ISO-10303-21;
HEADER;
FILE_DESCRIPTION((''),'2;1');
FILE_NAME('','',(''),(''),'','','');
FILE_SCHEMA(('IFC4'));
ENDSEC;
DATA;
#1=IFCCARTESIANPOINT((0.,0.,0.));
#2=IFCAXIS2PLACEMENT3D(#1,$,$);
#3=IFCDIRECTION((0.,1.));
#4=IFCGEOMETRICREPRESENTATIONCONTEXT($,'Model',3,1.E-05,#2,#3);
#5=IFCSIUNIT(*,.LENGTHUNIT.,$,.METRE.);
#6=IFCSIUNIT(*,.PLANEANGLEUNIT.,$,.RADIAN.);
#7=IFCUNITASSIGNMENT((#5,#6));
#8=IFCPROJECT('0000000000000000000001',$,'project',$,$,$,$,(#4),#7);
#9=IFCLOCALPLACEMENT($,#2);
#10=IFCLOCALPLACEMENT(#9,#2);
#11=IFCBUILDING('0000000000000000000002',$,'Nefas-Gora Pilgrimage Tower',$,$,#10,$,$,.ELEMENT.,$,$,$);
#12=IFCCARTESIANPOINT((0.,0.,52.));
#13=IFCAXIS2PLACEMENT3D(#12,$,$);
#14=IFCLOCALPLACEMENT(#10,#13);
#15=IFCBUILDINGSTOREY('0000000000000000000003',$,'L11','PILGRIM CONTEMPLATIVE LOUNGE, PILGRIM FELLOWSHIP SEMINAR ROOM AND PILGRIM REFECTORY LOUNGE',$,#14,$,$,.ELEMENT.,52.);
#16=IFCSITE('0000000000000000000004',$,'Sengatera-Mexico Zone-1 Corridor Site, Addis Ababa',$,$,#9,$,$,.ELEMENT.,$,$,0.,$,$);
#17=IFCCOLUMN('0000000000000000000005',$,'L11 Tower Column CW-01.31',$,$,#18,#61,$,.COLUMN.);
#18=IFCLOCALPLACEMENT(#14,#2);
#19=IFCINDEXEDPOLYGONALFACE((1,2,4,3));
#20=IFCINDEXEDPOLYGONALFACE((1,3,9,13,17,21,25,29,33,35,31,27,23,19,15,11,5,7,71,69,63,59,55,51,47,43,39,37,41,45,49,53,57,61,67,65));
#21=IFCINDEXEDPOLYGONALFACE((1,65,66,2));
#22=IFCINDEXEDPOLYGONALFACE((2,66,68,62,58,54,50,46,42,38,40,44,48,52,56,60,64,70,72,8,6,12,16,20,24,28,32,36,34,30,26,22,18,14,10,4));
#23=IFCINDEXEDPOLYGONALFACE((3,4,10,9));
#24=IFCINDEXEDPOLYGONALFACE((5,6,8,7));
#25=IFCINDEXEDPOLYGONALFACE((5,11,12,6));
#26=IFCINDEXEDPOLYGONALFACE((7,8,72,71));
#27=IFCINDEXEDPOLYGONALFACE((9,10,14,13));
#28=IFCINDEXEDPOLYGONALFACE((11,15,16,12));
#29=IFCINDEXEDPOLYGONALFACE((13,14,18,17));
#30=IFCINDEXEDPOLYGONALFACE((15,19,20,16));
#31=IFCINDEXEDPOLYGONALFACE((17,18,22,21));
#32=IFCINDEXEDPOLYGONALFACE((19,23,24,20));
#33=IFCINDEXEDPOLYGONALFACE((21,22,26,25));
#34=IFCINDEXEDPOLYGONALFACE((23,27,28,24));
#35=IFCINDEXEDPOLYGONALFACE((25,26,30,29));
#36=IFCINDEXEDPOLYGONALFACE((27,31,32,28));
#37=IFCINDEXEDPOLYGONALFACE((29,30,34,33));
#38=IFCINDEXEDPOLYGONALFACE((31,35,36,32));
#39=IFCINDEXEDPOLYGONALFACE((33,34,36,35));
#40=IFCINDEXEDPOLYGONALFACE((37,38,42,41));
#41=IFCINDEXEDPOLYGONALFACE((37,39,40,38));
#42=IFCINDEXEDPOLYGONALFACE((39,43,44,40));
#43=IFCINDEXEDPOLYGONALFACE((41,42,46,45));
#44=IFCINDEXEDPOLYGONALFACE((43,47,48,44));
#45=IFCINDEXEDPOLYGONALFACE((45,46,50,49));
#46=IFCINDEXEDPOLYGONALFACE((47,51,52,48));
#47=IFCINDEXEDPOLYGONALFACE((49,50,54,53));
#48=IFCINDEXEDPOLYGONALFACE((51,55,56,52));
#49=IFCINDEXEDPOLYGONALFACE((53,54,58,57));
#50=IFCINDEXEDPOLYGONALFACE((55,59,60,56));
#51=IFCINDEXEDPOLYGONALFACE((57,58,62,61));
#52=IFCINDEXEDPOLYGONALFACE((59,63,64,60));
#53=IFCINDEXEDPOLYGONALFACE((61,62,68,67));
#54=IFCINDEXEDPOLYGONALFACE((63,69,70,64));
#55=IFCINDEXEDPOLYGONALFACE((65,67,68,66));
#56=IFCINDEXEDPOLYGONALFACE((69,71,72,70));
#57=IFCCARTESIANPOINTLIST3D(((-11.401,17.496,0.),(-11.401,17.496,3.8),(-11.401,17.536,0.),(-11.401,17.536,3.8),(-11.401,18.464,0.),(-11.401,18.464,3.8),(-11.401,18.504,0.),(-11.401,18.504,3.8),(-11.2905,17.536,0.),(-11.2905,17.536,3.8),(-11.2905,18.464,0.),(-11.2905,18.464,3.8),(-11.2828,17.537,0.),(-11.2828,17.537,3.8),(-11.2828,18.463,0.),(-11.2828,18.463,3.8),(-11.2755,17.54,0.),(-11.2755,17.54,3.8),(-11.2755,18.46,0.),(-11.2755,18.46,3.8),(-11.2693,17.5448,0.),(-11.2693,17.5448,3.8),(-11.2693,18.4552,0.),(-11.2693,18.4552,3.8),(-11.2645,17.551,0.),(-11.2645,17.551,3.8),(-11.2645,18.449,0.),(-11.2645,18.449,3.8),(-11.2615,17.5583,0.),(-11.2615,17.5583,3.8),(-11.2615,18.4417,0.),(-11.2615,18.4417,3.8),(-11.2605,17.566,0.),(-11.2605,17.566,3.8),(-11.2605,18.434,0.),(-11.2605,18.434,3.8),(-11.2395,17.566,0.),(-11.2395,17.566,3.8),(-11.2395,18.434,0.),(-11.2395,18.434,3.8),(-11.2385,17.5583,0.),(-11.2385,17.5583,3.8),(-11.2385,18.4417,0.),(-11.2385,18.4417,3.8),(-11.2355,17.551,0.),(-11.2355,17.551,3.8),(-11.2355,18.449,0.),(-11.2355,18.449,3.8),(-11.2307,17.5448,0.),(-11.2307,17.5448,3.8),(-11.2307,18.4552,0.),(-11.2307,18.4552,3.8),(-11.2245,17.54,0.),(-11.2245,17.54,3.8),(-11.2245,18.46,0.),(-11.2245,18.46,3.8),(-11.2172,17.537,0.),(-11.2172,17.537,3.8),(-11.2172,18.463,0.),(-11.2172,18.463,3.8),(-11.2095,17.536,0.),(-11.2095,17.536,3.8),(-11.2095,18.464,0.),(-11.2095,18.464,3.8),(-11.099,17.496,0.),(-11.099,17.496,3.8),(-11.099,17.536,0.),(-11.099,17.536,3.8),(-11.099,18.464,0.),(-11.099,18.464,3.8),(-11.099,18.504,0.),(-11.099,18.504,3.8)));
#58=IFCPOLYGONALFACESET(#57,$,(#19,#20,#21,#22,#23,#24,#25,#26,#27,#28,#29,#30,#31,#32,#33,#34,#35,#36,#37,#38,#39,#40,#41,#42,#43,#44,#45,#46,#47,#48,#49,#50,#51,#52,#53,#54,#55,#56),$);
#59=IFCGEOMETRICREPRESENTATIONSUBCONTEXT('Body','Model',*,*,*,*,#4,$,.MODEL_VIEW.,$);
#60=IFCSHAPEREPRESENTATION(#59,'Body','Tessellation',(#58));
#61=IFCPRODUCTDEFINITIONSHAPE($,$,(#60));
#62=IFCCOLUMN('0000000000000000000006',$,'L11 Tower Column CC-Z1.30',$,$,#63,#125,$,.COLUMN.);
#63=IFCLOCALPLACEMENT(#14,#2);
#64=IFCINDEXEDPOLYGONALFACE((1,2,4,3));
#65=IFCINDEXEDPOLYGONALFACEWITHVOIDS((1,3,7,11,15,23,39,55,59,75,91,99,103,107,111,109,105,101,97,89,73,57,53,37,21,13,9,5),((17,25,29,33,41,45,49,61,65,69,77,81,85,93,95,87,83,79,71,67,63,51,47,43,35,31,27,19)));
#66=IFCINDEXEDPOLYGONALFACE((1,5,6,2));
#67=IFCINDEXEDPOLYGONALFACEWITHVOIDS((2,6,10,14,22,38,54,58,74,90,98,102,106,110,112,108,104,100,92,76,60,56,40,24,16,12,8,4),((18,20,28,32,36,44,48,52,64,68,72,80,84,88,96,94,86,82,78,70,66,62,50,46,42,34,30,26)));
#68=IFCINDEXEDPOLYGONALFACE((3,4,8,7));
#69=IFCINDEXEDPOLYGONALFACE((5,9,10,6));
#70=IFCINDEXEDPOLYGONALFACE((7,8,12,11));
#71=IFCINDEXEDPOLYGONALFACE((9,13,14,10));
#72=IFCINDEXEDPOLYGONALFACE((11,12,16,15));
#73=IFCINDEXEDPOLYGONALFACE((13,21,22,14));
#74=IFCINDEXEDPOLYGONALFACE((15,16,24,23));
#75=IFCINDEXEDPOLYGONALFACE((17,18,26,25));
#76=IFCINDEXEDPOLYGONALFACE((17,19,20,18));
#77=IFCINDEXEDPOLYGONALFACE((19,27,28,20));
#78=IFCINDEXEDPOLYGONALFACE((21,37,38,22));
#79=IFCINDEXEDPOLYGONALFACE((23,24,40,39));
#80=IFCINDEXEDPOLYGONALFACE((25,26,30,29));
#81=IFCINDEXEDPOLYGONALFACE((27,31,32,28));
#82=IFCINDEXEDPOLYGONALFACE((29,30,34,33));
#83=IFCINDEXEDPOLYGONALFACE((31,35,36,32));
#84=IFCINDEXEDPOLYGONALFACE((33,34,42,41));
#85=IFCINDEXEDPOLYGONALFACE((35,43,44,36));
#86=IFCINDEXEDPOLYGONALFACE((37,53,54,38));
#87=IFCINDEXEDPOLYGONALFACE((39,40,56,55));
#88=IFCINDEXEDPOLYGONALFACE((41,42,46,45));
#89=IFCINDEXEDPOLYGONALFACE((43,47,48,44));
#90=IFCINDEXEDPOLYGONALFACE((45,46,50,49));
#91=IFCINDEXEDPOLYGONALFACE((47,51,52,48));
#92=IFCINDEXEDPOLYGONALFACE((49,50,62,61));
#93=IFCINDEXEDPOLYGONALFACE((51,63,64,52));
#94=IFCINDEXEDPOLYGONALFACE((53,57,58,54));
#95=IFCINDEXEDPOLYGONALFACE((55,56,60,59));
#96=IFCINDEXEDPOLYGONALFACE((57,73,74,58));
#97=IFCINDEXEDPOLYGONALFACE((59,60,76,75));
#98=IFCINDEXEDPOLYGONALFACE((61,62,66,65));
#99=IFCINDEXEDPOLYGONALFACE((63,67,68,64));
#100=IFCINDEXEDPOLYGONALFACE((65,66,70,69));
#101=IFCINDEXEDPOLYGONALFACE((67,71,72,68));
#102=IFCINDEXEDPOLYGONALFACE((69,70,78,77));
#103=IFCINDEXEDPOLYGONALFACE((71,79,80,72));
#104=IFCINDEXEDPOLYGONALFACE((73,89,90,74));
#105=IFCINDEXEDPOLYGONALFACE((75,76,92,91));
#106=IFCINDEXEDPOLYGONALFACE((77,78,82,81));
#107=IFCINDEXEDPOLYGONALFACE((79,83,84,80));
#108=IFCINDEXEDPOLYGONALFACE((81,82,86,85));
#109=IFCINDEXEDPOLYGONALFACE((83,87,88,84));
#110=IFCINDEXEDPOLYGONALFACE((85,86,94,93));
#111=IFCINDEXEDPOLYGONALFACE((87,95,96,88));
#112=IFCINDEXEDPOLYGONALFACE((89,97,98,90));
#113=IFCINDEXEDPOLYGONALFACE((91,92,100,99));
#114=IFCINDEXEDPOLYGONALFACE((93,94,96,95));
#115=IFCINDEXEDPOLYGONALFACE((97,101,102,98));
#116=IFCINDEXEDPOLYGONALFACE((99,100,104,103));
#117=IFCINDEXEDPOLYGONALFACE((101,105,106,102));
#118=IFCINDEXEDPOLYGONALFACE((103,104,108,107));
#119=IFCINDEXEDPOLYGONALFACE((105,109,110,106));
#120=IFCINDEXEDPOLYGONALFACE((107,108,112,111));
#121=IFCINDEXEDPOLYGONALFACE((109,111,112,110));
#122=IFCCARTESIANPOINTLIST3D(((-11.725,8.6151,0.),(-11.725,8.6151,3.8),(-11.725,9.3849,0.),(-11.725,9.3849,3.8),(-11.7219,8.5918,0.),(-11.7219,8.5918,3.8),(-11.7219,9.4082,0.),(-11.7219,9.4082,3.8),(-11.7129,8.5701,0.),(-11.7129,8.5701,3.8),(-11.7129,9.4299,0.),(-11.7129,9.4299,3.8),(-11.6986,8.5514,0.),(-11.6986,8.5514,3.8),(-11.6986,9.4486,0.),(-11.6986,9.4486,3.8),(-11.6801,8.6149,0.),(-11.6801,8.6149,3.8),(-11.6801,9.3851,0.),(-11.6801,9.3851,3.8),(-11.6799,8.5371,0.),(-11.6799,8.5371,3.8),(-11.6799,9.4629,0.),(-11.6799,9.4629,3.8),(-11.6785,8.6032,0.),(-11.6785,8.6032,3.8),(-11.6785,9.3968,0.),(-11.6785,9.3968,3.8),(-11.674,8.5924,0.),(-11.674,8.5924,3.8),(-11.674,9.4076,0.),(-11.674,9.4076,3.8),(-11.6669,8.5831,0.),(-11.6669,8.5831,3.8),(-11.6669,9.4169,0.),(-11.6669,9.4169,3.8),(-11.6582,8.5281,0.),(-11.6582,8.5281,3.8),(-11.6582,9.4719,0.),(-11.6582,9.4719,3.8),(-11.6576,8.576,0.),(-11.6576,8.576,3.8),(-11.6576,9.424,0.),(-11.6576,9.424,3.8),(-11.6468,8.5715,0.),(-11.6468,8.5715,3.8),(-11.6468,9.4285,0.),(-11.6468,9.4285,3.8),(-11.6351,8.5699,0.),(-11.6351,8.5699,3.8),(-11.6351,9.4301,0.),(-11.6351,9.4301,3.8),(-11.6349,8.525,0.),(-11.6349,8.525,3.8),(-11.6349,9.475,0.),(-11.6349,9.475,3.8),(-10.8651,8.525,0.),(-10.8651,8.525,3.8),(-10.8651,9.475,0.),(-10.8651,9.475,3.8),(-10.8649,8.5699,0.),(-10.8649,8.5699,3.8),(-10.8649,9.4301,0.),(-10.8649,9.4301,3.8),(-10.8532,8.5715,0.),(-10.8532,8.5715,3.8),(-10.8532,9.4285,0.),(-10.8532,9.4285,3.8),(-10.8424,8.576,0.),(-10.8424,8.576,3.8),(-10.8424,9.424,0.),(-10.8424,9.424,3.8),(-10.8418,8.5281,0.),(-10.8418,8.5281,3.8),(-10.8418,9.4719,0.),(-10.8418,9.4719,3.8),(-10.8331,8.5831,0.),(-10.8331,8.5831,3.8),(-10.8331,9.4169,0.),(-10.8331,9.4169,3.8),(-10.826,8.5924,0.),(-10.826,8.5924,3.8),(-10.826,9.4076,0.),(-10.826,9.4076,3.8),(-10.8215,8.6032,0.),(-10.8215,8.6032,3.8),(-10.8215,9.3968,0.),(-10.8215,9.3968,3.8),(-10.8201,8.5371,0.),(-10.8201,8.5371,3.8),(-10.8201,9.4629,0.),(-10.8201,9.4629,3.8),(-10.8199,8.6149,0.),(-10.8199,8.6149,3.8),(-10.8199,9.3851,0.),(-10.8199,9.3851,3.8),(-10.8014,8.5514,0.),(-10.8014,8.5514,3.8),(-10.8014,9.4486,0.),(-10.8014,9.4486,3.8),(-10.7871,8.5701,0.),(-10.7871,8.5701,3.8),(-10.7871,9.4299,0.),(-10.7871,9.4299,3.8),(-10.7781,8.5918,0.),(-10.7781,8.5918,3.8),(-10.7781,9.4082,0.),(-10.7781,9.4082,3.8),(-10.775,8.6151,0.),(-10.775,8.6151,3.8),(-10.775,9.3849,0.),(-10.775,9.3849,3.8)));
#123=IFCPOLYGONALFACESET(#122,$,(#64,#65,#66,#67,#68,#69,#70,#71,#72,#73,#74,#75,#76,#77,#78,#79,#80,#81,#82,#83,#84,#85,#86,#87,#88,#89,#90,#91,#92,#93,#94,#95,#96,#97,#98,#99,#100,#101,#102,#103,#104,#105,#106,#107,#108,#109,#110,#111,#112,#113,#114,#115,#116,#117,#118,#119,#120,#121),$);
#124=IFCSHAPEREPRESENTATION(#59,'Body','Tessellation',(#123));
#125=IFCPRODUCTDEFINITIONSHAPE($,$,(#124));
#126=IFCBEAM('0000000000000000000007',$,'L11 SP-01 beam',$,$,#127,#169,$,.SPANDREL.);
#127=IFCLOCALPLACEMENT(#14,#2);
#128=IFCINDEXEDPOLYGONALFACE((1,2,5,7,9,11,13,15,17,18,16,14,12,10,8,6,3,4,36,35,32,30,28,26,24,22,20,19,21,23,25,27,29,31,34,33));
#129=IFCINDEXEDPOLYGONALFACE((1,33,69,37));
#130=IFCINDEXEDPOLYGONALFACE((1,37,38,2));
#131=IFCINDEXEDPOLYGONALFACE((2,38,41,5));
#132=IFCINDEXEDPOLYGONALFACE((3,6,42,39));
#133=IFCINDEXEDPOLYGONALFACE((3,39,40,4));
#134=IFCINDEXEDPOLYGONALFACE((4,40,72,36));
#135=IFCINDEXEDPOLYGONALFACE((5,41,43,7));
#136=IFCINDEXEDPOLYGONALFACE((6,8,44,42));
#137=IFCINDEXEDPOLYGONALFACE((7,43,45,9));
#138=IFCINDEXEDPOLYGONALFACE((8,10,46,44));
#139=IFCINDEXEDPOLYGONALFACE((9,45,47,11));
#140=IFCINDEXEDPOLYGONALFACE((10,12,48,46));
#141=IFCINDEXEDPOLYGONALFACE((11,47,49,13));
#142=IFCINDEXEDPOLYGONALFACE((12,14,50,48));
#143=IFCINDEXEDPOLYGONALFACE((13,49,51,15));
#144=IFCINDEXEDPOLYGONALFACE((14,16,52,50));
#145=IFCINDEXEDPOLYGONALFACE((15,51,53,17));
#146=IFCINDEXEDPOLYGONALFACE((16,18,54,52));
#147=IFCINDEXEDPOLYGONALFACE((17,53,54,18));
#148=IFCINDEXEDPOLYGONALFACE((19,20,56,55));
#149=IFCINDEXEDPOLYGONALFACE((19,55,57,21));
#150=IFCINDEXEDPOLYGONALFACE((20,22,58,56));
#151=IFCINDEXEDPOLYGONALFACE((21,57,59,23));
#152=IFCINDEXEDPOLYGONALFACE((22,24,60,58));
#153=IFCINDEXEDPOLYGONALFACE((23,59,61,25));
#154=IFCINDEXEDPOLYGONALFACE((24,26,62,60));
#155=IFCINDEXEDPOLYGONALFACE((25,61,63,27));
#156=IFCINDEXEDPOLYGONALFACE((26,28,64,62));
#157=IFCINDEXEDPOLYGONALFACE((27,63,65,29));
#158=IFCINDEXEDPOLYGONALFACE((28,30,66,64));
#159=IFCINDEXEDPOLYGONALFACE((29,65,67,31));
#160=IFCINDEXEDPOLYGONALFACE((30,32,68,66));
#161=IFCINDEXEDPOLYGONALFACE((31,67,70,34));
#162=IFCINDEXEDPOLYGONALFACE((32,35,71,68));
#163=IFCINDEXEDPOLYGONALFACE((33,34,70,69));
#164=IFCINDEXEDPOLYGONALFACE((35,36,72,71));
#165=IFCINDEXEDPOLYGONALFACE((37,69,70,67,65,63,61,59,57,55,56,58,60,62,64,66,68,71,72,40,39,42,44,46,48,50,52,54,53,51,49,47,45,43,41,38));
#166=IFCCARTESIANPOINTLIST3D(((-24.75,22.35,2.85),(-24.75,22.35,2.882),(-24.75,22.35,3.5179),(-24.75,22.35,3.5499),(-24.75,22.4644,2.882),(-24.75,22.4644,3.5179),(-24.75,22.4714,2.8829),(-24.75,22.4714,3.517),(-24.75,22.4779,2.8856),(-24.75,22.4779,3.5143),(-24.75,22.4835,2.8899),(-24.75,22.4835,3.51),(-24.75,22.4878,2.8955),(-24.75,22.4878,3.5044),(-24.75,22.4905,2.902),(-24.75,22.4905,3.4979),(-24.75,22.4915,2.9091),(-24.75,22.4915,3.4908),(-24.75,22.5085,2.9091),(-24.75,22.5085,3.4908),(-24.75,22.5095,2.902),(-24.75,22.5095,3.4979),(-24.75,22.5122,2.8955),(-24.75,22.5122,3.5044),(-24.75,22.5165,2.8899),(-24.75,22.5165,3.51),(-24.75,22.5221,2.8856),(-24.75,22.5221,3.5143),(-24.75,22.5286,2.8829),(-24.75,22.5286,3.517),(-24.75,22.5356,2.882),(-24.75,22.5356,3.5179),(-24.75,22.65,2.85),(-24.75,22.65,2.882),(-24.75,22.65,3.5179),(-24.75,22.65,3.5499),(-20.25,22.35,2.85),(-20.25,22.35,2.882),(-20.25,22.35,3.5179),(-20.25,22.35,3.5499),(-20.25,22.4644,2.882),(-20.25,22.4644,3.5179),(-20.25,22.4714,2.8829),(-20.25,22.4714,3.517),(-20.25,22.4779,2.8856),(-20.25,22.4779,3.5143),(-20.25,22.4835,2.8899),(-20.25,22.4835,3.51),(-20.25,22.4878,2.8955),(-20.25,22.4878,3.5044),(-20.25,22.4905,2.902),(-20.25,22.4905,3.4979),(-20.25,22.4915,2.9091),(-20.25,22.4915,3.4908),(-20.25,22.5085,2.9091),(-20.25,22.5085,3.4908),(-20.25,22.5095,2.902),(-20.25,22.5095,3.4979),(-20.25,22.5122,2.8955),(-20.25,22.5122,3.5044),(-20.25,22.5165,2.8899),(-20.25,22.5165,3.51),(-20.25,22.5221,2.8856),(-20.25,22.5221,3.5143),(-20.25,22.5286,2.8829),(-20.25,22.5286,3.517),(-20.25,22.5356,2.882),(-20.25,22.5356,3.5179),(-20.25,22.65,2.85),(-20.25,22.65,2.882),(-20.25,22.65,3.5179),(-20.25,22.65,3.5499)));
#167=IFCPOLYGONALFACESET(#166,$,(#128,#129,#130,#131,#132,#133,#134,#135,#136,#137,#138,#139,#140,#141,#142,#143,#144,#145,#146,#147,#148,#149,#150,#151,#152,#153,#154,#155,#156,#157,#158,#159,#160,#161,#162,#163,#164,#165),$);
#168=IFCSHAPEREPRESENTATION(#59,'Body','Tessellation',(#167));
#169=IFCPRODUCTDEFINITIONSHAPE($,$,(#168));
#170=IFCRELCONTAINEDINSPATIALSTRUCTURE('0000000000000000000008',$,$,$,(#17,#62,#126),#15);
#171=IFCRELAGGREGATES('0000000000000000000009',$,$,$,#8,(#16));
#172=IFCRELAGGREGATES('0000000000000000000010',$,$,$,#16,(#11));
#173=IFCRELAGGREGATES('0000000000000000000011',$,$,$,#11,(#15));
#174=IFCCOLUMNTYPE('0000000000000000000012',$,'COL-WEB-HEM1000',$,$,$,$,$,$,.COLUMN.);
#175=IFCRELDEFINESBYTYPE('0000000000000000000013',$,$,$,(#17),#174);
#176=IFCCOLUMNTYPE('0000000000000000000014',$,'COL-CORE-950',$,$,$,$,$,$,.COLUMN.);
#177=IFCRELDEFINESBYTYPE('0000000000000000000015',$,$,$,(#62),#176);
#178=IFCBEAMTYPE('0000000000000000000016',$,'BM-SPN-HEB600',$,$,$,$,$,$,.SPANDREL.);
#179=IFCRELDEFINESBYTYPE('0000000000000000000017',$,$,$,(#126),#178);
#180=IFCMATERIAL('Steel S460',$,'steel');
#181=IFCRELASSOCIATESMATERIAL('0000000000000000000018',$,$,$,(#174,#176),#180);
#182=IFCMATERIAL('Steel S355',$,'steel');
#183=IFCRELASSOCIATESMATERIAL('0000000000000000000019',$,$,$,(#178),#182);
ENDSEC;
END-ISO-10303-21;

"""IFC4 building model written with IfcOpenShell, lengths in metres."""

from ifc_helpers import new_model, si_unit, direction, frame, origin, origin_2d, place, context, subcontext, project, spatial, hollow_rectangle, i_section, extrude, source, transform, mapped, material, material_profile, profile_set, type_object, element, save


model = new_model("IFC4")

# Units and contexts
model_context = context("Model", 3, precision=1e-05, world=origin(), true_north=direction((0.0, 1.0)))
body_context = subcontext(model_context, "Body", "Model", "MODEL_VIEW")
ifc_project = project(units=[si_unit("LENGTHUNIT", "METRE"), si_unit("PLANEANGLEUNIT", "RADIAN")], contexts=[model_context])

# Site, building, storey
site_placement = place(None, origin())
site = spatial("IfcSite", under=ifc_project, at=site_placement, Name="Sengatera-Mexico Zone-1 Corridor Site, Addis Ababa", CompositionType="ELEMENT", RefElevation=0.0)
building_placement = place(site_placement, origin())
building = spatial("IfcBuilding", under=site, at=building_placement, Name="Nefas-Gora Pilgrimage Tower", CompositionType="ELEMENT")
storey_placement = place(building_placement, frame((0.0, 0.0, 52.0)))
storey = spatial("IfcBuildingStorey", under=building, at=storey_placement, Name="L11", Description="PILGRIM CONTEMPLATIVE LOUNGE, PILGRIM FELLOWSHIP SEMINAR ROOM AND PILGRIM REFECTORY LOUNGE", CompositionType="ELEMENT", Elevation=52.0)

# Columns
ifc_material_1 = material(Name="Steel S460", Category="steel")
ifc_material_profile_1 = material_profile(ifc_material_1, i_section(OverallWidth=0.302, OverallDepth=1.0081, WebThickness=0.021, FlangeThickness=0.04, FilletRadius=0.03, at=origin_2d()), Name="HEM 1000")
ifc_profile_set_1 = profile_set([ifc_material_profile_1], Name="Steel S460")
column_type_1 = type_object("IfcColumnType", Name="COL-WEB-HEM1000", PredefinedType="COLUMN", material=ifc_profile_set_1)
shared_shape_1 = source(origin(), body_context, "Body", "SweptSolid", [
    extrude(i_section(OverallWidth=0.302, OverallDepth=1.0081, WebThickness=0.021, FlangeThickness=0.04, FilletRadius=0.03, at=origin_2d()), origin(), (0.0, 0.0, 1.0), 3.8),
])
for number, where, z_axis, x_axis, name in (
    (1, (-11.25, 18.0, 0.0), (0.0, 0.0, 1.0), (1.0, 0.0, 0.0), "L11 Tower Column CW-01.31"),
):
    element("IfcColumn", number, at=place(storey_placement, frame(where, z_axis=z_axis, x_axis=x_axis)), inside=storey, type_object=column_type_1, Name=name, PredefinedType="COLUMN", context=body_context, shape_type="MappedRepresentation", body=[
        mapped(shared_shape_1, transform((0.0, 0.0, 0.0), x_axis=(1.0, 0.0, 0.0), y_axis=(0.0, 1.0, 0.0), z_axis=(0.0, 0.0, 1.0), scale=1.0)),
    ])
ifc_material_profile_2 = material_profile(ifc_material_1, hollow_rectangle(XDim=0.95, YDim=0.95, WallThickness=0.0449, InnerFilletRadius=0.0449, OuterFilletRadius=0.0901, at=origin_2d()), Name="BOX 950x950x45")
ifc_profile_set_2 = profile_set([ifc_material_profile_2], Name="Steel S460")
column_type_2 = type_object("IfcColumnType", Name="COL-CORE-950", PredefinedType="COLUMN", material=ifc_profile_set_2)
shared_shape_2 = source(origin(), body_context, "Body", "SweptSolid", [
    extrude(hollow_rectangle(XDim=0.95, YDim=0.95, WallThickness=0.0449, InnerFilletRadius=0.0449, OuterFilletRadius=0.0901, at=origin_2d()), origin(), (0.0, 0.0, 1.0), 3.8),
])
column_placement = place(storey_placement, frame((-11.25, 9.0, 0.0), z_axis=(0.0, 0.0, 1.0), x_axis=(1.0, 0.0, 0.0)))
element("IfcColumn", 2, at=column_placement, inside=storey, type_object=column_type_2, Name="L11 Tower Column CC-Z1.30", PredefinedType="COLUMN", context=body_context, shape_type="MappedRepresentation", body=[
    mapped(shared_shape_2, transform((0.0, 0.0, 0.0), x_axis=(1.0, 0.0, 0.0), y_axis=(0.0, 1.0, 0.0), z_axis=(0.0, 0.0, 1.0), scale=1.0)),
])

# Beam
ifc_material_2 = material(Name="Steel S355", Category="steel")
ifc_material_profile_3 = material_profile(ifc_material_2, i_section(OverallWidth=0.3, OverallDepth=0.7, WebThickness=0.0171, FlangeThickness=0.032, FilletRadius=0.0271, at=origin_2d()), Name="HEB 700")
ifc_profile_set_3 = profile_set([ifc_material_profile_3], Name="Steel S355")
beam_type_1 = type_object("IfcBeamType", Name="BM-SPN-HEB600", PredefinedType="SPANDREL", material=ifc_profile_set_3)
shared_shape_3 = source(origin(), body_context, "Body", "SweptSolid", [
    extrude(i_section(OverallWidth=0.3, OverallDepth=0.7, WebThickness=0.0171, FlangeThickness=0.032, FilletRadius=0.0271, at=origin_2d()), origin(), (0.0, 0.0, 1.0), 4.5),
])
beam_1_placement = place(storey_placement, frame((-24.75, 22.5, 3.2), z_axis=(1.0, 0.0, 0.0), x_axis=(0.0, 1.0, 0.0)))
element("IfcBeam", 3, at=beam_1_placement, inside=storey, type_object=beam_type_1, Name="L11 SP-01 beam", PredefinedType="SPANDREL", context=body_context, shape_type="MappedRepresentation", body=[
    mapped(shared_shape_3, transform((0.0, 0.0, 0.0), x_axis=(1.0, 0.0, 0.0), y_axis=(0.0, 1.0, 0.0), z_axis=(0.0, 0.0, 1.0), scale=1.0)),
])

save(model, "model.ifc")
